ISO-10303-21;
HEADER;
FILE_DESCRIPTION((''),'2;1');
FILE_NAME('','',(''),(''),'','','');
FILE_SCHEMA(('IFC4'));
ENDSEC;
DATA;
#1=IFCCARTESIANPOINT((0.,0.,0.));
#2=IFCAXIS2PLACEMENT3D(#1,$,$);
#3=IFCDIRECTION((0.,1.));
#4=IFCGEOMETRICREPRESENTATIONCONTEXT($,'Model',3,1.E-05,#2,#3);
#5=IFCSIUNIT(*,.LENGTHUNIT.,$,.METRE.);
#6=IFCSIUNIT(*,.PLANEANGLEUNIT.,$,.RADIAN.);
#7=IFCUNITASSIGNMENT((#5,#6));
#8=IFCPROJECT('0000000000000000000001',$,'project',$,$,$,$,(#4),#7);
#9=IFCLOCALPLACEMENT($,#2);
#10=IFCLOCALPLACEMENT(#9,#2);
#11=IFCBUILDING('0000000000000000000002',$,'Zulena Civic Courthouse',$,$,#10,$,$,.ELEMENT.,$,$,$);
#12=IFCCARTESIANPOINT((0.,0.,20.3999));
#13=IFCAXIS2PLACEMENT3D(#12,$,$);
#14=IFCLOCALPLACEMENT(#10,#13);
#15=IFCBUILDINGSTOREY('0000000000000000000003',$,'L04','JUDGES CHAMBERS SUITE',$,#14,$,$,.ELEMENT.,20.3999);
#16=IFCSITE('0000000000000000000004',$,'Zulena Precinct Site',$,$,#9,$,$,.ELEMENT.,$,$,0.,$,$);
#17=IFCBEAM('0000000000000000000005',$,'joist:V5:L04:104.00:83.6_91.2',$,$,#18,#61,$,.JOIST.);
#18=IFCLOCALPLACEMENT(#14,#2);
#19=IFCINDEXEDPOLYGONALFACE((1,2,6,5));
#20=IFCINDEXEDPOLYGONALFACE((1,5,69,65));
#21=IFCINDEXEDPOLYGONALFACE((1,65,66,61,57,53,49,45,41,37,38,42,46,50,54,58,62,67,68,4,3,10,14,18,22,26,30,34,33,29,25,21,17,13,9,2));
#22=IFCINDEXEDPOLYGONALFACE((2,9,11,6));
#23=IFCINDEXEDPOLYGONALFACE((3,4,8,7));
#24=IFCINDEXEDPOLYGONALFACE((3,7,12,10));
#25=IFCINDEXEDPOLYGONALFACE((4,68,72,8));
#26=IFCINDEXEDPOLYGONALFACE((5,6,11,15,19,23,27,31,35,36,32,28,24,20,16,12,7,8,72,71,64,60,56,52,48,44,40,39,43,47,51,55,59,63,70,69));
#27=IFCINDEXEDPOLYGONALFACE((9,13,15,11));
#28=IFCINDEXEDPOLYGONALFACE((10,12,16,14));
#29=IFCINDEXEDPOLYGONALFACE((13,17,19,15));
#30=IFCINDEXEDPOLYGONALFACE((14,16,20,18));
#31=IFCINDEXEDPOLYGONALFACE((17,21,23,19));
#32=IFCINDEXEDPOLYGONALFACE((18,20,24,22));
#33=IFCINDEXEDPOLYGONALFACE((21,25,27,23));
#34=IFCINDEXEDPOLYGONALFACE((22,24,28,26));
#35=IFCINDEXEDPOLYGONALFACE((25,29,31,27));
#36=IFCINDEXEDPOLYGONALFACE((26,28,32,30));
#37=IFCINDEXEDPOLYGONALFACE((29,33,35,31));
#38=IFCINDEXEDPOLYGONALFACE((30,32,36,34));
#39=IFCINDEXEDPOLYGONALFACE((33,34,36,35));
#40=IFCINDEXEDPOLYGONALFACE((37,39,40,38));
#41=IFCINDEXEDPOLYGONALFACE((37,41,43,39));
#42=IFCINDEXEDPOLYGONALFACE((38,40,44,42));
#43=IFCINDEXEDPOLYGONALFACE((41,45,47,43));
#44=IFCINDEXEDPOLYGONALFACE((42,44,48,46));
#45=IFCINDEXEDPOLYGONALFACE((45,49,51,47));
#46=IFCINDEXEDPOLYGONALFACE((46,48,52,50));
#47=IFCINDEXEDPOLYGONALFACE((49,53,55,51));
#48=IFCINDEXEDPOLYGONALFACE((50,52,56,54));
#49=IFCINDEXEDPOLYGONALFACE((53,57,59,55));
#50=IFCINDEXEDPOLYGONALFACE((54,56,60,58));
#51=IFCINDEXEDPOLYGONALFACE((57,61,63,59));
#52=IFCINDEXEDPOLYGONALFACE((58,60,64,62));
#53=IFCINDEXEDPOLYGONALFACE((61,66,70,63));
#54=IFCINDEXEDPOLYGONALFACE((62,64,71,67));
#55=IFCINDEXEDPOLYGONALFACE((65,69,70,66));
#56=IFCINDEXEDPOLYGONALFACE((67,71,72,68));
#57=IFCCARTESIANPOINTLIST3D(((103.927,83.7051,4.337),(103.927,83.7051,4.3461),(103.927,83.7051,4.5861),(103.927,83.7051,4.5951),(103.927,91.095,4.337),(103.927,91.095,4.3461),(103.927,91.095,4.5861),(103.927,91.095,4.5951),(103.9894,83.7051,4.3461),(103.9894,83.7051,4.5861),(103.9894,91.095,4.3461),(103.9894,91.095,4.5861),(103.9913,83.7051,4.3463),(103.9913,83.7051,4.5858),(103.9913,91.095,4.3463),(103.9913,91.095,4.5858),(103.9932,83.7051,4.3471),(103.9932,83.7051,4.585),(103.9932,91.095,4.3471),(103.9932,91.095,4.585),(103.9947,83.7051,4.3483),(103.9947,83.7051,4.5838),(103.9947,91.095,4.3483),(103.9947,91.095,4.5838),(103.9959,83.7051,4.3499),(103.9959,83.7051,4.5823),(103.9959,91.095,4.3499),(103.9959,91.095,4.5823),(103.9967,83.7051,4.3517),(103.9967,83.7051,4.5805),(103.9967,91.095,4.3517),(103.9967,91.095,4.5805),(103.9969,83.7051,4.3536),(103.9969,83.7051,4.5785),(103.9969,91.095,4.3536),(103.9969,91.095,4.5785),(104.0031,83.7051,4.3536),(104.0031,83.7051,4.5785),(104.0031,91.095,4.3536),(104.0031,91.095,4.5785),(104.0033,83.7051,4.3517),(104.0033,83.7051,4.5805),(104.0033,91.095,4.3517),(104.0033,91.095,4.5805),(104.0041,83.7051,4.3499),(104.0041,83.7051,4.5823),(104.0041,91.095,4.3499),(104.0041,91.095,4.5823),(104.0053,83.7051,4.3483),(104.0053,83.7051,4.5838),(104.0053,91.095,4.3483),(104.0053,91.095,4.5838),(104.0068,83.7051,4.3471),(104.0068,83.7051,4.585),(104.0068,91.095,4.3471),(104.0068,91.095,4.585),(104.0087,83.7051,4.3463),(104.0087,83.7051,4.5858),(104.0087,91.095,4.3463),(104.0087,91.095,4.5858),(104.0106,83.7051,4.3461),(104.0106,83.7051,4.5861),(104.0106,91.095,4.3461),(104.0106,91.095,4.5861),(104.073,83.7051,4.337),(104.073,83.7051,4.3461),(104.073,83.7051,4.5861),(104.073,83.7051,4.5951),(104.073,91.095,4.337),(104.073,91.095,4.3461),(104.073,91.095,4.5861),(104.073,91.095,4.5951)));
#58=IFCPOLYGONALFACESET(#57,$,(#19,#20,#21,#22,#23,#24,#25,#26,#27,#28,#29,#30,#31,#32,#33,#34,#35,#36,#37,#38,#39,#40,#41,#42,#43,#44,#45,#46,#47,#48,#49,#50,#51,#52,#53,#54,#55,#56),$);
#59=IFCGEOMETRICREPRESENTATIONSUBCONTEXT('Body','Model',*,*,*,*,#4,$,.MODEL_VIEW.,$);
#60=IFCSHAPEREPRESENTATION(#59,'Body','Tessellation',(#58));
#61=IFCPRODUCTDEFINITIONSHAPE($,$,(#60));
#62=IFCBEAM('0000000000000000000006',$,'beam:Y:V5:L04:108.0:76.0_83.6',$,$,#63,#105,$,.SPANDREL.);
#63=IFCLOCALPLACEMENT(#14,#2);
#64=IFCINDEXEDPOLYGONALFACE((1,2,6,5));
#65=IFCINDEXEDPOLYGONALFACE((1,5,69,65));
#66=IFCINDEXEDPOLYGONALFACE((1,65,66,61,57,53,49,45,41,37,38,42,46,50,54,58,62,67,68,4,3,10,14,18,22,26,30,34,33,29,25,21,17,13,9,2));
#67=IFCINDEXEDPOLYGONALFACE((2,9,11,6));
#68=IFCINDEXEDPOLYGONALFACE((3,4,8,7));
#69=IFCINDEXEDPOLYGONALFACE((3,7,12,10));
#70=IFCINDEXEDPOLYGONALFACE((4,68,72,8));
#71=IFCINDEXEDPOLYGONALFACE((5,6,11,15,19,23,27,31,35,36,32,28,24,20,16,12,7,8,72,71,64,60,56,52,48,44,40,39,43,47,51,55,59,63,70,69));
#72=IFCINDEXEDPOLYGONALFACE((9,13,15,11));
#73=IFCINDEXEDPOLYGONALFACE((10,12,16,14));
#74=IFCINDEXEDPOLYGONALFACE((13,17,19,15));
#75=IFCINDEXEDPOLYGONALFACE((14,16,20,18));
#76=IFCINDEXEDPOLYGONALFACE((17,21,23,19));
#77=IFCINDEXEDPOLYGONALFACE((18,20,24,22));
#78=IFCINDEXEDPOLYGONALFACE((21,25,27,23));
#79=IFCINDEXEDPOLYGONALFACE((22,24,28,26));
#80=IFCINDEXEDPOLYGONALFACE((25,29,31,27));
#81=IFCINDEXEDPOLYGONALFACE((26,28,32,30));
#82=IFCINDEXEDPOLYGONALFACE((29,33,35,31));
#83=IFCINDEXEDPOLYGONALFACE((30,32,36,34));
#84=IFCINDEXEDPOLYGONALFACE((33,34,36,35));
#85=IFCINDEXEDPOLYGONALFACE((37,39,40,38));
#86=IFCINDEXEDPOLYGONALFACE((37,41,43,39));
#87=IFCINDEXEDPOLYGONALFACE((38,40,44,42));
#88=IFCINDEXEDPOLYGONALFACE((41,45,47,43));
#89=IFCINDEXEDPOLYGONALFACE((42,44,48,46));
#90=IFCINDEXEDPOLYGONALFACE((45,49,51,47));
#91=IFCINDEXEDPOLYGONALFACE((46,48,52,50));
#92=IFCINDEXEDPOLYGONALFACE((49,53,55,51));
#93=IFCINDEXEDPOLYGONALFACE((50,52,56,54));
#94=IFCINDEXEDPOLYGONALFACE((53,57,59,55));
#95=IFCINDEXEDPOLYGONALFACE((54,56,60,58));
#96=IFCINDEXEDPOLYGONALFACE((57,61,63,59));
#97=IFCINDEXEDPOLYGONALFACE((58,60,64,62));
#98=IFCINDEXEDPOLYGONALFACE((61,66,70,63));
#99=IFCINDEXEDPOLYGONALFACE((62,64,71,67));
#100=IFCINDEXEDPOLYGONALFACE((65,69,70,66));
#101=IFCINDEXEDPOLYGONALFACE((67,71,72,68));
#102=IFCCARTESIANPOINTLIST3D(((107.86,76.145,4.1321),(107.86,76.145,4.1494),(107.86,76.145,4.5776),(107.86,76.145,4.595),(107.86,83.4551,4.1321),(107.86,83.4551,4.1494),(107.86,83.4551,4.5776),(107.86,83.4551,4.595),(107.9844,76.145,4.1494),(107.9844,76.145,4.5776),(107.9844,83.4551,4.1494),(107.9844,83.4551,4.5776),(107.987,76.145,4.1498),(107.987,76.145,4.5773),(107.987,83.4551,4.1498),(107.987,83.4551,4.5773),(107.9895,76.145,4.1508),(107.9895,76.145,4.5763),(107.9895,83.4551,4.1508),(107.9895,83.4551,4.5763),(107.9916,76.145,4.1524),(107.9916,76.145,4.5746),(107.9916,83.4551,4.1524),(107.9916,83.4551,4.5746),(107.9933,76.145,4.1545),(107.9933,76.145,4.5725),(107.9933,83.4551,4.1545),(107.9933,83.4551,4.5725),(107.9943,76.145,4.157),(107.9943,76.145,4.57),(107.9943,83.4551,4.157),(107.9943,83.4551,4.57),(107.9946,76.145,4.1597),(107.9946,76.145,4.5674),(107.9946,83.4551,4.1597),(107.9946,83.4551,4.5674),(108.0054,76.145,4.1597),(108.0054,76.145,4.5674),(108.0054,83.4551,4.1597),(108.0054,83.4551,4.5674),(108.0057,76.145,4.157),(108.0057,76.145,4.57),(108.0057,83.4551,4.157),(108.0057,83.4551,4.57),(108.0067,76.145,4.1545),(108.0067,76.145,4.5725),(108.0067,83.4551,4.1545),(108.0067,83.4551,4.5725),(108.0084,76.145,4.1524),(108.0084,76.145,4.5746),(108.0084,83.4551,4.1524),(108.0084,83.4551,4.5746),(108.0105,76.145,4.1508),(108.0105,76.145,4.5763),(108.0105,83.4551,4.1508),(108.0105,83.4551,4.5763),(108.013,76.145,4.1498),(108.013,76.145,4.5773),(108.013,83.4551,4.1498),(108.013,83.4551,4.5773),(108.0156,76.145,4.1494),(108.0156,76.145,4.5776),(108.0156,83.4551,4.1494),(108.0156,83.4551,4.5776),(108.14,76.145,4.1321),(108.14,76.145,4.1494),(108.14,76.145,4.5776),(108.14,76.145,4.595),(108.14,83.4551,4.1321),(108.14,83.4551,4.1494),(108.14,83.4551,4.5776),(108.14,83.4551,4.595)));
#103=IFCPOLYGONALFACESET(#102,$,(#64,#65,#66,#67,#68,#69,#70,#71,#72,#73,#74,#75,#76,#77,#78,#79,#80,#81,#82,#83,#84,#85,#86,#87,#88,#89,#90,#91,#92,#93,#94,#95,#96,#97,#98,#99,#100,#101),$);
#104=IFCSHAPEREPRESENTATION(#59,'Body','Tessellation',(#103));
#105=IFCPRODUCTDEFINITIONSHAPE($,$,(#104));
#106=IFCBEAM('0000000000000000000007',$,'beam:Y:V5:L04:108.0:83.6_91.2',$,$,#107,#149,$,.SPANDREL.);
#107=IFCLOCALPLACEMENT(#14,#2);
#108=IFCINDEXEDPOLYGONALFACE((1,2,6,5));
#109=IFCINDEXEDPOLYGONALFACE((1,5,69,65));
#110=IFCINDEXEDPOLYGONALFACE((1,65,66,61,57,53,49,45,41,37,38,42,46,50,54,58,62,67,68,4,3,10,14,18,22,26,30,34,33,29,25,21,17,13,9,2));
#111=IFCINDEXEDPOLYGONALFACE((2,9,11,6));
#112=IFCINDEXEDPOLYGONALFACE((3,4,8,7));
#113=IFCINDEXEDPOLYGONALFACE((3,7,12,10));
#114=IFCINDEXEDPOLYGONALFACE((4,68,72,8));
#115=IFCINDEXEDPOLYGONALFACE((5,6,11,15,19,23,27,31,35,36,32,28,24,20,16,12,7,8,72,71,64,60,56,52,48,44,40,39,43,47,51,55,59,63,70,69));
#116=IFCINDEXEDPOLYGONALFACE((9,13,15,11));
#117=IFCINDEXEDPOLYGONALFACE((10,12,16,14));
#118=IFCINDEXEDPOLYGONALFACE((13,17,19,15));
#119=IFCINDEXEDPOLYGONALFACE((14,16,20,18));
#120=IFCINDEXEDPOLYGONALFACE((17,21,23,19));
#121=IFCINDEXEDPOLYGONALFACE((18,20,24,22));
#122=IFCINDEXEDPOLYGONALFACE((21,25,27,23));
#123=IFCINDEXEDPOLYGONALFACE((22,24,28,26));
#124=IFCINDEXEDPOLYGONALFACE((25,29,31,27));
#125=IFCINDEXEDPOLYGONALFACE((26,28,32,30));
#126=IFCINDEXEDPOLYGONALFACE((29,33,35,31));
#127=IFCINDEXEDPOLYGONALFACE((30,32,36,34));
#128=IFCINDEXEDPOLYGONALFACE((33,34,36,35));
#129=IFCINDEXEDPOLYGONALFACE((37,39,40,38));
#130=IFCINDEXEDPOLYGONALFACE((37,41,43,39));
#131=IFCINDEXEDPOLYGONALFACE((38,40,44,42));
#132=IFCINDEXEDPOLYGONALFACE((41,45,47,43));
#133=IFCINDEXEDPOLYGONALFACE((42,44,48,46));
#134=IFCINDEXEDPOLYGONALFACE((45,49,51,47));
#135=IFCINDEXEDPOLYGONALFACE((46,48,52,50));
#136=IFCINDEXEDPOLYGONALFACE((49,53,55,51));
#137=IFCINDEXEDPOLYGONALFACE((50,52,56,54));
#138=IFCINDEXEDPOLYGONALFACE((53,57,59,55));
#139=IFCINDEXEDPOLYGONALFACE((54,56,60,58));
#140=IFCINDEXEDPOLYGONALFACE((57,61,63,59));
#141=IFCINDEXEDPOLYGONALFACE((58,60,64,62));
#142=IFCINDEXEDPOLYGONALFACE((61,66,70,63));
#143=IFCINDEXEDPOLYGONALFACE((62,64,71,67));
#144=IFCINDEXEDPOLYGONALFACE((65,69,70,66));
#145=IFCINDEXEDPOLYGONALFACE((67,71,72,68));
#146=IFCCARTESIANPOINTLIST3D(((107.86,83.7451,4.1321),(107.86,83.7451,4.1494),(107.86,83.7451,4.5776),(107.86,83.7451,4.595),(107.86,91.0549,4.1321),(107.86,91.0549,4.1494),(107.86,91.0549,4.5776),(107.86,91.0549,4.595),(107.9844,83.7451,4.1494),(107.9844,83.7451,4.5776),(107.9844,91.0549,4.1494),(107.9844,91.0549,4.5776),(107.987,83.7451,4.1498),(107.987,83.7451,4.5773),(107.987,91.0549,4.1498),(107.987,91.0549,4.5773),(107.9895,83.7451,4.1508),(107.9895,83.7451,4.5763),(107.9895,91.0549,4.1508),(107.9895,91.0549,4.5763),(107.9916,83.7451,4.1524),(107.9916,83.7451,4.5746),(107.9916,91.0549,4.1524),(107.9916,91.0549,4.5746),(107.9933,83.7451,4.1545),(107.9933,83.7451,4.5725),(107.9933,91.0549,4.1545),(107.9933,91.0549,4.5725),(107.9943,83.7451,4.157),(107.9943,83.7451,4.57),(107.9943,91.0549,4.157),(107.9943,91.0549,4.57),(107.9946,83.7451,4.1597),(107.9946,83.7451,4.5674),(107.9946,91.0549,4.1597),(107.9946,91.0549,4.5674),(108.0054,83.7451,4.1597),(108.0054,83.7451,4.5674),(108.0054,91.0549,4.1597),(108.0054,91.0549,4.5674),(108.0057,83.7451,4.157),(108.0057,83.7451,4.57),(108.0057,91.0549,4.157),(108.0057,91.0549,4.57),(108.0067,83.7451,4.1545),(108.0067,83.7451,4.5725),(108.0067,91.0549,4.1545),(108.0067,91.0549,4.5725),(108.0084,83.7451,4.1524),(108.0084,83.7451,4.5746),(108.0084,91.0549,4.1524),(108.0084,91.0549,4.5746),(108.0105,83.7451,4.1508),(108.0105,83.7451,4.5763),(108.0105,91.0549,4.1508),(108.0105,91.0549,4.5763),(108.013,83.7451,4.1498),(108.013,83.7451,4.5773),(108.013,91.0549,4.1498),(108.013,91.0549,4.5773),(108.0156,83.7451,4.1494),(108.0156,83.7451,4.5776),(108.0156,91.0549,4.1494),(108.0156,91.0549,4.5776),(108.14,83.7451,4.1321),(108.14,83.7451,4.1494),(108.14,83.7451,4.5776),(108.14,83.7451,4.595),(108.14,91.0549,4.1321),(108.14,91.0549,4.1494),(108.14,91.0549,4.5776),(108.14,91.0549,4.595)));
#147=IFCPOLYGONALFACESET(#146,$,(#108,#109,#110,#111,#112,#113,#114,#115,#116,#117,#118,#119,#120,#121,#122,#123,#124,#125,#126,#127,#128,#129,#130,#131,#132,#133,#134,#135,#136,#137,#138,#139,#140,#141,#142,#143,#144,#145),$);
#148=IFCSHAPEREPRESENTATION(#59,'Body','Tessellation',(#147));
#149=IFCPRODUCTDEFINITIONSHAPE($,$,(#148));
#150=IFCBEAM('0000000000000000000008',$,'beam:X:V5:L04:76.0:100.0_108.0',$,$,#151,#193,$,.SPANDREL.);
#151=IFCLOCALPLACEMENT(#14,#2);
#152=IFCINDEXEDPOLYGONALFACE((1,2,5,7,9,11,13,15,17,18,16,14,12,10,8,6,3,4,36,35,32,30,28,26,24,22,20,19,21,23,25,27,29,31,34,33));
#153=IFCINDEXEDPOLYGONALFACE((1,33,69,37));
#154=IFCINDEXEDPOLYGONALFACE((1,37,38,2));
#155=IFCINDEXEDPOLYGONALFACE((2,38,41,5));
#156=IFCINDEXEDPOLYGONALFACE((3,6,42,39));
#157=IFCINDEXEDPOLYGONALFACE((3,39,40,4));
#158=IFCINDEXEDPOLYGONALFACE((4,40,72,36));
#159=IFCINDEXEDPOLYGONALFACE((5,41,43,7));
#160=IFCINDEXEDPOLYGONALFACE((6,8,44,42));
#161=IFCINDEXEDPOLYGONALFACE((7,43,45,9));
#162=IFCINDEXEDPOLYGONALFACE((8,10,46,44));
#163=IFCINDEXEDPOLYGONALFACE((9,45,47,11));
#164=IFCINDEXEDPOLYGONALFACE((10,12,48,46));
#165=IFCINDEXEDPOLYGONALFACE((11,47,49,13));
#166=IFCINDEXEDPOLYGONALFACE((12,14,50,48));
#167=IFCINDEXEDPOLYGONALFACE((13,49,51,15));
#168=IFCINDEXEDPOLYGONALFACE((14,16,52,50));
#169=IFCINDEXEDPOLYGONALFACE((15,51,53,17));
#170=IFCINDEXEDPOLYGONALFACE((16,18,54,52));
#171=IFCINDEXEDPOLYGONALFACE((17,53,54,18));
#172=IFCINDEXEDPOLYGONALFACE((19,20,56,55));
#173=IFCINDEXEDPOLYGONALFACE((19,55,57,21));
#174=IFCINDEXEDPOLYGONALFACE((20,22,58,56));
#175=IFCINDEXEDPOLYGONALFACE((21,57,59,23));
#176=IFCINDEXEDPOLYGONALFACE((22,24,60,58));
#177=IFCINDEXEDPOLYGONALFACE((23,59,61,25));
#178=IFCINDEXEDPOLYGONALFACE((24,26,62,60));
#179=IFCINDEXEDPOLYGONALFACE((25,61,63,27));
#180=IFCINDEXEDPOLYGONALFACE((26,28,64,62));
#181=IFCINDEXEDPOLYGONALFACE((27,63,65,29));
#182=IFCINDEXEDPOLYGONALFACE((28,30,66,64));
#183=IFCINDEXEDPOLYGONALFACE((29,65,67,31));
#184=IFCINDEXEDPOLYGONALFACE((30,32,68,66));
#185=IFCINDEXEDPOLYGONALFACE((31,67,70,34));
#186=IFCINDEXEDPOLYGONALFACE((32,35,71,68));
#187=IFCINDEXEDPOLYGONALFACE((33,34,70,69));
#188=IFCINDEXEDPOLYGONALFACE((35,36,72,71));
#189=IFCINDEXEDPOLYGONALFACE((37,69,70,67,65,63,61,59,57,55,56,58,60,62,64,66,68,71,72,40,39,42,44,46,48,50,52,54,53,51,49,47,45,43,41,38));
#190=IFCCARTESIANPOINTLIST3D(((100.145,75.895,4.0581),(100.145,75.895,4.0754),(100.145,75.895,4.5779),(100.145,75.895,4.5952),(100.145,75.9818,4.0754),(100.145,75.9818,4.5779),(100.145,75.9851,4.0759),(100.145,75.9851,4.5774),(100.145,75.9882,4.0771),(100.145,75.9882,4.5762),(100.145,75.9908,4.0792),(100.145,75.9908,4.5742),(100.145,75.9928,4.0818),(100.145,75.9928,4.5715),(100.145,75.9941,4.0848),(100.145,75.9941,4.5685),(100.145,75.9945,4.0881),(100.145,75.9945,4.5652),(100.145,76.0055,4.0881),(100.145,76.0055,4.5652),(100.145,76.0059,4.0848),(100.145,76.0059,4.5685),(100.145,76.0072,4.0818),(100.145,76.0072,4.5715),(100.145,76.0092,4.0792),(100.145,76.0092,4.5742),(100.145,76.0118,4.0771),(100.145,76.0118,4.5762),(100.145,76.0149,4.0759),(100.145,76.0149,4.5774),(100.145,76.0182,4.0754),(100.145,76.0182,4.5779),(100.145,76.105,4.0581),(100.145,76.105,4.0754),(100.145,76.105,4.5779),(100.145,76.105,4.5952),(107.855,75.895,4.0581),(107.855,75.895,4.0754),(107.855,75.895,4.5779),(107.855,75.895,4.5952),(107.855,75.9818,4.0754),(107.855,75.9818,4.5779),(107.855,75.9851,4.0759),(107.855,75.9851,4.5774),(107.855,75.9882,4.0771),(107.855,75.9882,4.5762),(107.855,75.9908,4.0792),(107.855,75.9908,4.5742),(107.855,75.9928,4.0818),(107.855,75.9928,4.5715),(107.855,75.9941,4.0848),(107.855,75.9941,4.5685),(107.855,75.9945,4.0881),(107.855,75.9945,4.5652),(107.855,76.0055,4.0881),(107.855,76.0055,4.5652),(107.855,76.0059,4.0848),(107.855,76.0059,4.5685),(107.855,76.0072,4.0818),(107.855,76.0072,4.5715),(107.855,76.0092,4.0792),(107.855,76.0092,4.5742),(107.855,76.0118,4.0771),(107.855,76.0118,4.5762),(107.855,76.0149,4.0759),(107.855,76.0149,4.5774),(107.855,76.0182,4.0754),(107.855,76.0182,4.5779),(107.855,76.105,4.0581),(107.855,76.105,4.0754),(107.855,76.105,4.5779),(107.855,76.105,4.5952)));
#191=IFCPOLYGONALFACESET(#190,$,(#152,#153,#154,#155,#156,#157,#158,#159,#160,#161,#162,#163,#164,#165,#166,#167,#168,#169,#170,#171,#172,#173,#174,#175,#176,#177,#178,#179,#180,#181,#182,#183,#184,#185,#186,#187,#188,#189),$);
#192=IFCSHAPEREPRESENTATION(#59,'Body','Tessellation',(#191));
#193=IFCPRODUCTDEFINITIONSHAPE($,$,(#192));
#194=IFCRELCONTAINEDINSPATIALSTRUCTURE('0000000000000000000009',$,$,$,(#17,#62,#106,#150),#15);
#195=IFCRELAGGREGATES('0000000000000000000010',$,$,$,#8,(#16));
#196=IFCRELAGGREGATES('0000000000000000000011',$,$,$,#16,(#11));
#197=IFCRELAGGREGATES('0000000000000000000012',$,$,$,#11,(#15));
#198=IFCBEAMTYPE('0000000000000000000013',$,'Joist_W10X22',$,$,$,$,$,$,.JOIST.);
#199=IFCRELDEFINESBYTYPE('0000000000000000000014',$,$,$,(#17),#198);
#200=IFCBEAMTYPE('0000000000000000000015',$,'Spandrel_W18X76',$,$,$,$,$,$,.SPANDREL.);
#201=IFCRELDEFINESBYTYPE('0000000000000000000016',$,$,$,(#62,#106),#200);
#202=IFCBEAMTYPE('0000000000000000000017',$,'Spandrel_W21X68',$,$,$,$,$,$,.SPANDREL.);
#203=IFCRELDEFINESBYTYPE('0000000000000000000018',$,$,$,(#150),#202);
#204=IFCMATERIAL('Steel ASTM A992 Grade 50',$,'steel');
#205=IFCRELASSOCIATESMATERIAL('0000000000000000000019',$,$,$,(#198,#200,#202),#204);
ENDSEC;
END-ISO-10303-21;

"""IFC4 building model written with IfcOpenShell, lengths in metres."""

from ifc_helpers import new_model, si_unit, direction, frame, origin, origin_2d, place, context, subcontext, project, spatial, i_section, extrude, material, material_profile, profile_set, type_object, element, save


model = new_model("IFC4")

# Units and contexts
model_context = context("Model", 3, precision=1e-05, world=origin(), true_north=direction((0.0, 1.0)))
body_context = subcontext(model_context, "Body", "Model", "MODEL_VIEW")
ifc_project = project(units=[si_unit("LENGTHUNIT", "METRE"), si_unit("PLANEANGLEUNIT", "RADIAN")], contexts=[model_context])

# Site, building, storey
site_placement = place(None, origin())
site = spatial("IfcSite", under=ifc_project, at=site_placement, Name="Zulena Precinct Site", CompositionType="ELEMENT", RefElevation=0.0)
building_placement = place(site_placement, origin())
building = spatial("IfcBuilding", under=site, at=building_placement, Name="Zulena Civic Courthouse", CompositionType="ELEMENT")
storey_placement = place(building_placement, frame((0.0, 0.0, 20.3999)))
storey = spatial("IfcBuildingStorey", under=building, at=storey_placement, Name="L04", Description="JUDGES CHAMBERS SUITE", CompositionType="ELEMENT", Elevation=20.3999)

# Shared definitions
ifc_material_1 = material(Name="Steel ASTM A992 Grade 50", Category="steel")

# Beams
ifc_material_profile_1 = material_profile(ifc_material_1, i_section(OverallWidth=0.146, OverallDepth=0.2581, WebThickness=0.0061, FlangeThickness=0.009, FilletRadius=0.0076, at=origin_2d()), Name="W10X22")
ifc_profile_set_1 = profile_set([ifc_material_profile_1], Name="Steel ASTM A992 Grade 50")
beam_type_1 = type_object("IfcBeamType", Name="Joist_W10X22", PredefinedType="JOIST", material=ifc_profile_set_1)
beam_1_placement = place(storey_placement, frame((104.0, 83.7051, 4.4661), z_axis=(0.0, 1.0, 0.0), x_axis=(-1.0, 0.0, 0.0)))
element("IfcBeam", 1, at=beam_1_placement, inside=storey, type_object=beam_type_1, Name="joist:V5:L04:104.00:83.6_91.2", PredefinedType="JOIST", context=body_context, shape_type="SweptSolid", body=[
    extrude(i_section(OverallWidth=0.146, OverallDepth=0.2581, WebThickness=0.0061, FlangeThickness=0.009, FilletRadius=0.0076, at=origin_2d()), origin(), (0.0, 0.0, 1.0), 7.3899),
])
ifc_material_profile_2 = material_profile(ifc_material_1, i_section(OverallWidth=0.28, OverallDepth=0.4629, WebThickness=0.0107, FlangeThickness=0.0173, FilletRadius=0.0103, at=origin_2d()), Name="W18X76")
ifc_profile_set_2 = profile_set([ifc_material_profile_2], Name="Steel ASTM A992 Grade 50")
beam_type_2 = type_object("IfcBeamType", Name="Spandrel_W18X76", PredefinedType="SPANDREL", material=ifc_profile_set_2)
beam_2_placement = place(storey_placement, frame((108.0, 76.145, 4.3635), z_axis=(0.0, 1.0, 0.0), x_axis=(-1.0, 0.0, 0.0)))
element("IfcBeam", 2, at=beam_2_placement, inside=storey, type_object=beam_type_2, Name="beam:Y:V5:L04:108.0:76.0_83.6", PredefinedType="SPANDREL", context=body_context, shape_type="SweptSolid", body=[
    extrude(i_section(OverallWidth=0.28, OverallDepth=0.4629, WebThickness=0.0107, FlangeThickness=0.0173, FilletRadius=0.0103, at=origin_2d()), origin(), (0.0, 0.0, 1.0), 7.3101),
])
beam_3_placement = place(storey_placement, frame((108.0, 83.7451, 4.3635), z_axis=(0.0, 1.0, 0.0), x_axis=(-1.0, 0.0, 0.0)))
element("IfcBeam", 3, at=beam_3_placement, inside=storey, type_object=beam_type_2, Name="beam:Y:V5:L04:108.0:83.6_91.2", PredefinedType="SPANDREL", context=body_context, shape_type="SweptSolid", body=[
    extrude(i_section(OverallWidth=0.28, OverallDepth=0.4629, WebThickness=0.0107, FlangeThickness=0.0173, FilletRadius=0.0103, at=origin_2d()), origin(), (0.0, 0.0, 1.0), 7.3098),
])
ifc_material_profile_3 = material_profile(ifc_material_1, i_section(OverallWidth=0.21, OverallDepth=0.5371, WebThickness=0.011, FlangeThickness=0.0173, FilletRadius=0.0127, at=origin_2d()), Name="W21X68")
ifc_profile_set_3 = profile_set([ifc_material_profile_3], Name="Steel ASTM A992 Grade 50")
beam_type_3 = type_object("IfcBeamType", Name="Spandrel_W21X68", PredefinedType="SPANDREL", material=ifc_profile_set_3)
for number, where, z_axis, x_axis, name in (
    (4, (100.145, 76.0, 4.3267), (1.0, 0.0, 0.0), (0.0, 1.0, 0.0), "beam:X:V5:L04:76.0:100.0_108.0"),
):
    element("IfcBeam", number, at=place(storey_placement, frame(where, z_axis=z_axis, x_axis=x_axis)), inside=storey, type_object=beam_type_3, Name=name, PredefinedType="SPANDREL", context=body_context, shape_type="SweptSolid", body=[
        extrude(i_section(OverallWidth=0.21, OverallDepth=0.5371, WebThickness=0.011, FlangeThickness=0.0173, FilletRadius=0.0127, at=origin_2d()), origin(), (0.0, 0.0, 1.0), 7.71),
    ])

save(model, "model.ifc")
